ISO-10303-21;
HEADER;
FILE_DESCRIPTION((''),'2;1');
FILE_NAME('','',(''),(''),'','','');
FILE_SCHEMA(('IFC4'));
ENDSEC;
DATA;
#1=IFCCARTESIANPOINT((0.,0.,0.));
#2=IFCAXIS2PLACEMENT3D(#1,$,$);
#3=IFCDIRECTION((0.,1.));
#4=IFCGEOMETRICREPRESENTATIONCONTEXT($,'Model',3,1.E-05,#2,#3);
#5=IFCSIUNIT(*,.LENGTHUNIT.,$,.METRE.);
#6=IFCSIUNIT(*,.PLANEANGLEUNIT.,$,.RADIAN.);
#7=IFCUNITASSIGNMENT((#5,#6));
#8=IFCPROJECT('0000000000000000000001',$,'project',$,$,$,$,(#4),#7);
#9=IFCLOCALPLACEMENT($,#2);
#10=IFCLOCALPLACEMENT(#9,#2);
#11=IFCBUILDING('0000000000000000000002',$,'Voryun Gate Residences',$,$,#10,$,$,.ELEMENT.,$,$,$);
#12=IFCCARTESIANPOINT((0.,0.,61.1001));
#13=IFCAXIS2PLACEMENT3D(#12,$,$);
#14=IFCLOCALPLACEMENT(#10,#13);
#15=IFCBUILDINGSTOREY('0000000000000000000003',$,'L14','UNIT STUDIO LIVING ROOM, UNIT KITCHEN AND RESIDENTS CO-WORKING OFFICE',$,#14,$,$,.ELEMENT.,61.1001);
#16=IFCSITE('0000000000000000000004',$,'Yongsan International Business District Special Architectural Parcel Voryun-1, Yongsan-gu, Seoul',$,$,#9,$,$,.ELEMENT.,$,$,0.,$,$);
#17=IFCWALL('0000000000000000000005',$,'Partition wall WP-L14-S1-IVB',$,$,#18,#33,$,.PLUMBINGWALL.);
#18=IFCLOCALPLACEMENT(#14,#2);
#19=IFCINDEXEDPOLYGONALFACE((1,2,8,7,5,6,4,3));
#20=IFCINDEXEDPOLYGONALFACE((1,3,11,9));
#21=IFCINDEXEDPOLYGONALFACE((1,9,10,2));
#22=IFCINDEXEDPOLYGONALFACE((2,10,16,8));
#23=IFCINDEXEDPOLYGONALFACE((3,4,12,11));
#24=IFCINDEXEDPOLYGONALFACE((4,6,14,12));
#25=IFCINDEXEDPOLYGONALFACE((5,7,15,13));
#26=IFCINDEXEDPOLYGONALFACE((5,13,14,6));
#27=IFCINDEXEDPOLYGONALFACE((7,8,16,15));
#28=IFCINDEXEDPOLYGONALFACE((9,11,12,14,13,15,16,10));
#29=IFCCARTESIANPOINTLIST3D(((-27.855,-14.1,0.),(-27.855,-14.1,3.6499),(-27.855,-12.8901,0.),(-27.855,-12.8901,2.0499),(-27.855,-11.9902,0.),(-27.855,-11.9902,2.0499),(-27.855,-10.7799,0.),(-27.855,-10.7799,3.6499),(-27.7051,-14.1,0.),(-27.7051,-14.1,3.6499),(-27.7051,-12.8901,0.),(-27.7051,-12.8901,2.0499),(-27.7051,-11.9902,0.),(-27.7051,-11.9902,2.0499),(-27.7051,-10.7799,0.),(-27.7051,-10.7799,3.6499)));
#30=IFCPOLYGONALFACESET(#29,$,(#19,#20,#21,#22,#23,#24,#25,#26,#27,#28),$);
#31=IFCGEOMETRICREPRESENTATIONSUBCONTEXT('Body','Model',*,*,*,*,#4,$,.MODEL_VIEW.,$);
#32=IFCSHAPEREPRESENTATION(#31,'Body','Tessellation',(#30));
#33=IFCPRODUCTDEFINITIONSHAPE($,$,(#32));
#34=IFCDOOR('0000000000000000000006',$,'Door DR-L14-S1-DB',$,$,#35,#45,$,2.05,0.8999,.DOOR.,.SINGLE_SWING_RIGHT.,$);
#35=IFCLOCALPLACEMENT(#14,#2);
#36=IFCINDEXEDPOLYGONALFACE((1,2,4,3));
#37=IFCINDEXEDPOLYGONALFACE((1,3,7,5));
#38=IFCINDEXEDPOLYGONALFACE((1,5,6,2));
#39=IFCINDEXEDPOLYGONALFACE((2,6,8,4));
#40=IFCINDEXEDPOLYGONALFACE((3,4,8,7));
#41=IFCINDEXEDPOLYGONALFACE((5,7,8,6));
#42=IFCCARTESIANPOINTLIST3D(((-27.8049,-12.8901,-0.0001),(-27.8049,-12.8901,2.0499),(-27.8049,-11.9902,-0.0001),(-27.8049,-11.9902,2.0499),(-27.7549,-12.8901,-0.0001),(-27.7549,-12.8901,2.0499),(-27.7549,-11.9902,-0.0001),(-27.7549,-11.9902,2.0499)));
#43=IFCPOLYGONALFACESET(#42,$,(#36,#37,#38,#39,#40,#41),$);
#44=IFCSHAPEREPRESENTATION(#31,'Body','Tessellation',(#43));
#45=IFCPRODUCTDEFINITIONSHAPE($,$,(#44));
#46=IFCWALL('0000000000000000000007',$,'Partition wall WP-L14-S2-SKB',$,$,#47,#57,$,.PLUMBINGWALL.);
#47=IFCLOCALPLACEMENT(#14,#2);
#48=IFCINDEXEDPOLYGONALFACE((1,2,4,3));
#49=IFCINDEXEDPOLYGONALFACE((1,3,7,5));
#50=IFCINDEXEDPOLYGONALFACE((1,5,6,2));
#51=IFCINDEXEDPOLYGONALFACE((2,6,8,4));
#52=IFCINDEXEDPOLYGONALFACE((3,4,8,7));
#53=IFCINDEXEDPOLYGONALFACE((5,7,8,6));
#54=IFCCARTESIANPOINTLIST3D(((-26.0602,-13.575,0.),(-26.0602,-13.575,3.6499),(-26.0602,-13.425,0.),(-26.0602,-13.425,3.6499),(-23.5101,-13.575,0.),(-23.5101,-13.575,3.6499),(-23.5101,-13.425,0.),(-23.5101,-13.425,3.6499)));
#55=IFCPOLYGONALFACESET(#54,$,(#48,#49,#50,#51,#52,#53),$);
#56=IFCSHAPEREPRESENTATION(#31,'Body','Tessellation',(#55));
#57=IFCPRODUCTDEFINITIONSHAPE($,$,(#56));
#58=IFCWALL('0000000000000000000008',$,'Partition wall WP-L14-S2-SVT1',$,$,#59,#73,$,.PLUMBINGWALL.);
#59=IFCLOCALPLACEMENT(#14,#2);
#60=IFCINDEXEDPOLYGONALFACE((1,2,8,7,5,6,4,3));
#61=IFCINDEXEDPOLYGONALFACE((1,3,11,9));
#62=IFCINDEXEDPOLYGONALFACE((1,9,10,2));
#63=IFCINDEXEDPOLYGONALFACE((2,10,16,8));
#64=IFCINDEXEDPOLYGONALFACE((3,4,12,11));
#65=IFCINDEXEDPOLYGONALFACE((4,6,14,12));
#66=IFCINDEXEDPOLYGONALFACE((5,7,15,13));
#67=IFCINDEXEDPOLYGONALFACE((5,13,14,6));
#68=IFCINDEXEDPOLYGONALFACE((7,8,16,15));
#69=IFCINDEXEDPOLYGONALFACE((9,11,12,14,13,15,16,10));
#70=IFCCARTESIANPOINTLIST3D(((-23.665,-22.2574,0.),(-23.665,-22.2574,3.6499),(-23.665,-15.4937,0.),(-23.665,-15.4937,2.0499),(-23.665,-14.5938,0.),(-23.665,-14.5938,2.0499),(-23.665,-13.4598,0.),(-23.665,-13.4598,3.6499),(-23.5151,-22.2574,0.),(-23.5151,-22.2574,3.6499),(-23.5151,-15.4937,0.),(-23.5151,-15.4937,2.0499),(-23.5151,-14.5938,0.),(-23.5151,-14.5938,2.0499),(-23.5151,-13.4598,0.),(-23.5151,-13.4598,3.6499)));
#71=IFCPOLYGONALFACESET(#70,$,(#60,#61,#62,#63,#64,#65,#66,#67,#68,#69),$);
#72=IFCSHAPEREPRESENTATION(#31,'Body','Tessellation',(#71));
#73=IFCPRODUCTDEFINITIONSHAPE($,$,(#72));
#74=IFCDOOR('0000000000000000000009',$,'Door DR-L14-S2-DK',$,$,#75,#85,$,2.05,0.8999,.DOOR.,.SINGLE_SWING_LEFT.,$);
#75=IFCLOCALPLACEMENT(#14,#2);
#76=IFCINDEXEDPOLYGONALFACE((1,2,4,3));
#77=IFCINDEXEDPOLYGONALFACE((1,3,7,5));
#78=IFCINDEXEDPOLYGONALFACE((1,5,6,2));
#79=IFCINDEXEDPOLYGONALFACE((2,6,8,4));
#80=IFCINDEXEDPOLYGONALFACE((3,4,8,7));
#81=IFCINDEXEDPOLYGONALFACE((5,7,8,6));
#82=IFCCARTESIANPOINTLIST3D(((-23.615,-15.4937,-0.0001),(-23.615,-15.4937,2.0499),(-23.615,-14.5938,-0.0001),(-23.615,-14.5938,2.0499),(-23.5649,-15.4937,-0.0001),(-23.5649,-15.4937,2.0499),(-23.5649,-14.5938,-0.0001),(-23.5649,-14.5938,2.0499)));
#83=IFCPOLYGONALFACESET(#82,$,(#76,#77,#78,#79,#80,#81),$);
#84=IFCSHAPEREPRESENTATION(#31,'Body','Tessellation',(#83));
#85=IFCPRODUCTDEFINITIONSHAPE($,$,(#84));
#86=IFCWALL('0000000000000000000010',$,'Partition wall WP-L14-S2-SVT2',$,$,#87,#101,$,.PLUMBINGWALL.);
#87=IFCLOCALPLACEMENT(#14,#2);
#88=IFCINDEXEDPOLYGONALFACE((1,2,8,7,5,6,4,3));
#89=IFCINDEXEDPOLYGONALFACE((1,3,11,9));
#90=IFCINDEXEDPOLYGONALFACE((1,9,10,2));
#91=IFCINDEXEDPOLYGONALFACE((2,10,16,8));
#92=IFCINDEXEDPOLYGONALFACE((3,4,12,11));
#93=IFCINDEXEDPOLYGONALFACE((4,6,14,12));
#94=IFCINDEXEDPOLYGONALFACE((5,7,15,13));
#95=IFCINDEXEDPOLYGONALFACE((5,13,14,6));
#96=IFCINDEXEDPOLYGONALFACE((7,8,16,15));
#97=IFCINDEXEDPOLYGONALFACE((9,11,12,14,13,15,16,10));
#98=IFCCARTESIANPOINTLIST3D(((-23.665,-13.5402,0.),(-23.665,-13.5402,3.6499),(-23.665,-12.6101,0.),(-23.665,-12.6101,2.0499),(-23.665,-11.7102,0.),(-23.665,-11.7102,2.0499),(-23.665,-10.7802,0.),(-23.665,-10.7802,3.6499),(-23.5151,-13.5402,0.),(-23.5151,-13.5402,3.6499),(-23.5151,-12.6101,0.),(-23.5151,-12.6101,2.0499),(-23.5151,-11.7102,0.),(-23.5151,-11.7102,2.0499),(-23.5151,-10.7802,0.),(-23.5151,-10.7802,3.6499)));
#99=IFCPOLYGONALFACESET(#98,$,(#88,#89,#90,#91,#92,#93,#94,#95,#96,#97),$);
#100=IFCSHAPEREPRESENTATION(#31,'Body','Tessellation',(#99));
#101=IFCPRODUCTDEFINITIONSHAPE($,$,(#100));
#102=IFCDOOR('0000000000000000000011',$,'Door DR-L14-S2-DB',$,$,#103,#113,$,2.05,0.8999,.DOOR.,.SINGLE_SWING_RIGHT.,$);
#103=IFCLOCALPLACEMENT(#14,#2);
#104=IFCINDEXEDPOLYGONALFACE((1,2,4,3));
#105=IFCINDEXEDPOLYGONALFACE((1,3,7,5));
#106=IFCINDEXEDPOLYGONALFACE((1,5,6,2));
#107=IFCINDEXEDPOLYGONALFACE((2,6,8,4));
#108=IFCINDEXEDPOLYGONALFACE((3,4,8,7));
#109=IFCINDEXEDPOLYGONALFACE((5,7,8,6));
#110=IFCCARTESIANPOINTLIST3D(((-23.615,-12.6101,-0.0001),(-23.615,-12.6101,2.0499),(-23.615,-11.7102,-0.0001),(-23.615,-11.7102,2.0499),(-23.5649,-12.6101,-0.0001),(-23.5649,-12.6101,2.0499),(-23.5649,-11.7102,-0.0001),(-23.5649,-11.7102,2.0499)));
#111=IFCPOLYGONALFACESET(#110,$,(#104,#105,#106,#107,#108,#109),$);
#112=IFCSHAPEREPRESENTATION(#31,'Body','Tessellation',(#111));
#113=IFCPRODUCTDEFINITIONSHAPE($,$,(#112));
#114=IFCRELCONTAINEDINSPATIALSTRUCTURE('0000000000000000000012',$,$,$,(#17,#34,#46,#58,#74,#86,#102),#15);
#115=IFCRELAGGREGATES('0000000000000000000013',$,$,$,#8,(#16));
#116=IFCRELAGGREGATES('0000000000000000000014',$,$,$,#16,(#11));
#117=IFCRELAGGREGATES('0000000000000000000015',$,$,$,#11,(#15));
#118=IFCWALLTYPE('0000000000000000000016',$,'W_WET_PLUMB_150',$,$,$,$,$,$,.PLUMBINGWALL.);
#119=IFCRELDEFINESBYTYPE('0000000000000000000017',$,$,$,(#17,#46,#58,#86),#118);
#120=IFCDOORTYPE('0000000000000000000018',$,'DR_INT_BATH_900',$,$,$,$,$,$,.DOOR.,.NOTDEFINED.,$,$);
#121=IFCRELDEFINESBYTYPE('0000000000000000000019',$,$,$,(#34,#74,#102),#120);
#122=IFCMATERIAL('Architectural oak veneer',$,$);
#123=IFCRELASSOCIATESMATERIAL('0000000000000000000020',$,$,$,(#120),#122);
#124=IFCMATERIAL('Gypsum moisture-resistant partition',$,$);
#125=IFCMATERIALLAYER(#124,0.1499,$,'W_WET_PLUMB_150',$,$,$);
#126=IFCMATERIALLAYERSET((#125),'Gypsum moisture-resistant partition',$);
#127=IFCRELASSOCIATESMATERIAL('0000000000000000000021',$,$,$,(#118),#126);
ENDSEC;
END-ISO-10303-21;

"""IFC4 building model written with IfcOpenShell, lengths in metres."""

from ifc_helpers import new_model, si_unit, direction, frame, frame_2d, origin, place, context, subcontext, project, spatial, rectangle, extrude, material, layer, layer_set, type_object, element, fill, save


model = new_model("IFC4")

# Units and contexts
model_context = context("Model", 3, precision=1e-05, world=origin(), true_north=direction((0.0, 1.0)))
body_context = subcontext(model_context, "Body", "Model", "MODEL_VIEW")
ifc_project = project(units=[si_unit("LENGTHUNIT", "METRE"), si_unit("PLANEANGLEUNIT", "RADIAN")], contexts=[model_context])

# Site, building, storey
site_placement = place(None, origin())
site = spatial("IfcSite", under=ifc_project, at=site_placement, Name="Yongsan International Business District Special Architectural Parcel Voryun-1, Yongsan-gu, Seoul", CompositionType="ELEMENT", RefElevation=0.0)
building_placement = place(site_placement, origin())
building = spatial("IfcBuilding", under=site, at=building_placement, Name="Voryun Gate Residences", CompositionType="ELEMENT")
storey_placement = place(building_placement, frame((0.0, 0.0, 61.1001)))
storey = spatial("IfcBuildingStorey", under=building, at=storey_placement, Name="L14", Description="UNIT STUDIO LIVING ROOM, UNIT KITCHEN AND RESIDENTS CO-WORKING OFFICE", CompositionType="ELEMENT", Elevation=61.1001)

# Shared definitions
ifc_material_1 = material(Name="Architectural oak veneer")
door_type = type_object("IfcDoorType", Name="DR_INT_BATH_900", OperationType="NOTDEFINED", PredefinedType="DOOR", material=ifc_material_1)

# Shared definitions
ifc_material_2 = material(Name="Gypsum moisture-resistant partition")
ifc_layer_1 = layer(ifc_material_2, 0.1499, Name="W_WET_PLUMB_150")
ifc_layer_set_1 = layer_set([ifc_layer_1], Name="Gypsum moisture-resistant partition")
wall_type_1 = type_object("IfcWallType", Name="W_WET_PLUMB_150", PredefinedType="PLUMBINGWALL", material=ifc_layer_set_1)

# Wall, opening, door
wall_1_placement = place(storey_placement, frame((-27.78, -14.1001, 0.0), z_axis=(0.0, 0.0, 1.0), x_axis=(0.0, 1.0, 0.0)))
wall_1 = element("IfcWall", 1, at=wall_1_placement, inside=storey, type_object=wall_type_1, Name="Partition wall WP-L14-S1-IVB", PredefinedType="PLUMBINGWALL", context=body_context, shape_type="SweptSolid", body=[
    extrude(rectangle(XDim=3.3201, YDim=0.1499, at=frame_2d((1.6602, 0.0))), origin(), (0.0, 0.0, 1.0), 3.6499),
])
opening_1_placement = place(wall_1_placement, frame((1.21, 0.0, 0.0)))
opening_1 = element("IfcOpeningElement", 2, at=opening_1_placement, cuts=wall_1, PredefinedType="OPENING", context=body_context, shape_type="SweptSolid", body=[
    extrude(rectangle(XDim=0.8999, YDim=2.05, at=frame_2d((0.45, 1.0249))), frame((0.0, 0.085, 0.0), z_axis=(0.0, -1.0, 0.0), x_axis=(1.0, 0.0, 0.0)), (0.0, 0.0, 1.0), 0.1699),
])
door_1_placement = place(opening_1_placement, origin())
door_1 = element("IfcDoor", 3, at=door_1_placement, inside=storey, type_object=door_type, Name="Door DR-L14-S1-DB", OperationType="SINGLE_SWING_RIGHT", OverallHeight=2.05, OverallWidth=0.8999, PredefinedType="DOOR", context=body_context, shape_type="SweptSolid", body=[
    extrude(rectangle(XDim=0.8999, YDim=2.05, at=frame_2d((0.45, 1.0249))), frame((0.0, 0.0249, 0.0), z_axis=(0.0, -1.0, 0.0), x_axis=(1.0, 0.0, 0.0)), (0.0, 0.0, 1.0), 0.05),
])
fill(opening_1, door_1)

# Wall
wall_2_placement = place(storey_placement, frame((-26.0601, -13.5, 0.0), z_axis=(0.0, 0.0, 1.0), x_axis=(1.0, 0.0, 0.0)))
element("IfcWall", 4, at=wall_2_placement, inside=storey, type_object=wall_type_1, Name="Partition wall WP-L14-S2-SKB", PredefinedType="PLUMBINGWALL", context=body_context, shape_type="SweptSolid", body=[
    extrude(rectangle(XDim=2.55, YDim=0.1499, at=frame_2d((1.2749, 0.0))), origin(), (0.0, 0.0, 1.0), 3.6499),
])

# Walls, openings, doors
wall_3_placement = place(storey_placement, frame((-23.5901, -22.2576, 0.0), z_axis=(0.0, 0.0, 1.0), x_axis=(0.0, 1.0, 0.0)))
wall_3 = element("IfcWall", 5, at=wall_3_placement, inside=storey, type_object=wall_type_1, Name="Partition wall WP-L14-S2-SVT1", PredefinedType="PLUMBINGWALL", context=body_context, shape_type="SweptSolid", body=[
    extrude(rectangle(XDim=8.7976, YDim=0.1499, at=frame_2d((4.3989, 0.0))), origin(), (0.0, 0.0, 1.0), 3.6499),
])
opening_2_placement = place(wall_3_placement, frame((6.7639, 0.0, 0.0)))
opening_2 = element("IfcOpeningElement", 6, at=opening_2_placement, cuts=wall_3, PredefinedType="OPENING", context=body_context, shape_type="SweptSolid", body=[
    extrude(rectangle(XDim=0.8999, YDim=2.05, at=frame_2d((0.45, 1.0249))), frame((0.0, 0.085, 0.0), z_axis=(0.0, -1.0, 0.0), x_axis=(1.0, 0.0, 0.0)), (0.0, 0.0, 1.0), 0.1699),
])
door_2_placement = place(opening_2_placement, origin())
door_2 = element("IfcDoor", 7, at=door_2_placement, inside=storey, type_object=door_type, Name="Door DR-L14-S2-DK", OperationType="SINGLE_SWING_LEFT", OverallHeight=2.05, OverallWidth=0.8999, PredefinedType="DOOR", context=body_context, shape_type="SweptSolid", body=[
    extrude(rectangle(XDim=0.8999, YDim=2.05, at=frame_2d((0.45, 1.0249))), frame((0.0, 0.0249, 0.0), z_axis=(0.0, -1.0, 0.0), x_axis=(1.0, 0.0, 0.0)), (0.0, 0.0, 1.0), 0.05),
])
fill(opening_2, door_2)
wall_4_placement = place(storey_placement, frame((-23.5901, -13.54, 0.0), z_axis=(0.0, 0.0, 1.0), x_axis=(0.0, 1.0, 0.0)))
wall_4 = element("IfcWall", 8, at=wall_4_placement, inside=storey, type_object=wall_type_1, Name="Partition wall WP-L14-S2-SVT2", PredefinedType="PLUMBINGWALL", context=body_context, shape_type="SweptSolid", body=[
    extrude(rectangle(XDim=2.76, YDim=0.1499, at=frame_2d((1.3799, 0.0))), origin(), (0.0, 0.0, 1.0), 3.6499),
])
opening_3_placement = place(wall_4_placement, frame((0.9299, 0.0, 0.0)))
opening_3 = element("IfcOpeningElement", 9, at=opening_3_placement, cuts=wall_4, PredefinedType="OPENING", context=body_context, shape_type="SweptSolid", body=[
    extrude(rectangle(XDim=0.8999, YDim=2.05, at=frame_2d((0.45, 1.0249))), frame((0.0, 0.085, 0.0), z_axis=(0.0, -1.0, 0.0), x_axis=(1.0, 0.0, 0.0)), (0.0, 0.0, 1.0), 0.1699),
])
door_3_placement = place(opening_3_placement, origin())
door_3 = element("IfcDoor", 10, at=door_3_placement, inside=storey, type_object=door_type, Name="Door DR-L14-S2-DB", OperationType="SINGLE_SWING_RIGHT", OverallHeight=2.05, OverallWidth=0.8999, PredefinedType="DOOR", context=body_context, shape_type="SweptSolid", body=[
    extrude(rectangle(XDim=0.8999, YDim=2.05, at=frame_2d((0.45, 1.0249))), frame((0.0, 0.0249, 0.0), z_axis=(0.0, -1.0, 0.0), x_axis=(1.0, 0.0, 0.0)), (0.0, 0.0, 1.0), 0.05),
])
fill(opening_3, door_3)

save(model, "model.ifc")
